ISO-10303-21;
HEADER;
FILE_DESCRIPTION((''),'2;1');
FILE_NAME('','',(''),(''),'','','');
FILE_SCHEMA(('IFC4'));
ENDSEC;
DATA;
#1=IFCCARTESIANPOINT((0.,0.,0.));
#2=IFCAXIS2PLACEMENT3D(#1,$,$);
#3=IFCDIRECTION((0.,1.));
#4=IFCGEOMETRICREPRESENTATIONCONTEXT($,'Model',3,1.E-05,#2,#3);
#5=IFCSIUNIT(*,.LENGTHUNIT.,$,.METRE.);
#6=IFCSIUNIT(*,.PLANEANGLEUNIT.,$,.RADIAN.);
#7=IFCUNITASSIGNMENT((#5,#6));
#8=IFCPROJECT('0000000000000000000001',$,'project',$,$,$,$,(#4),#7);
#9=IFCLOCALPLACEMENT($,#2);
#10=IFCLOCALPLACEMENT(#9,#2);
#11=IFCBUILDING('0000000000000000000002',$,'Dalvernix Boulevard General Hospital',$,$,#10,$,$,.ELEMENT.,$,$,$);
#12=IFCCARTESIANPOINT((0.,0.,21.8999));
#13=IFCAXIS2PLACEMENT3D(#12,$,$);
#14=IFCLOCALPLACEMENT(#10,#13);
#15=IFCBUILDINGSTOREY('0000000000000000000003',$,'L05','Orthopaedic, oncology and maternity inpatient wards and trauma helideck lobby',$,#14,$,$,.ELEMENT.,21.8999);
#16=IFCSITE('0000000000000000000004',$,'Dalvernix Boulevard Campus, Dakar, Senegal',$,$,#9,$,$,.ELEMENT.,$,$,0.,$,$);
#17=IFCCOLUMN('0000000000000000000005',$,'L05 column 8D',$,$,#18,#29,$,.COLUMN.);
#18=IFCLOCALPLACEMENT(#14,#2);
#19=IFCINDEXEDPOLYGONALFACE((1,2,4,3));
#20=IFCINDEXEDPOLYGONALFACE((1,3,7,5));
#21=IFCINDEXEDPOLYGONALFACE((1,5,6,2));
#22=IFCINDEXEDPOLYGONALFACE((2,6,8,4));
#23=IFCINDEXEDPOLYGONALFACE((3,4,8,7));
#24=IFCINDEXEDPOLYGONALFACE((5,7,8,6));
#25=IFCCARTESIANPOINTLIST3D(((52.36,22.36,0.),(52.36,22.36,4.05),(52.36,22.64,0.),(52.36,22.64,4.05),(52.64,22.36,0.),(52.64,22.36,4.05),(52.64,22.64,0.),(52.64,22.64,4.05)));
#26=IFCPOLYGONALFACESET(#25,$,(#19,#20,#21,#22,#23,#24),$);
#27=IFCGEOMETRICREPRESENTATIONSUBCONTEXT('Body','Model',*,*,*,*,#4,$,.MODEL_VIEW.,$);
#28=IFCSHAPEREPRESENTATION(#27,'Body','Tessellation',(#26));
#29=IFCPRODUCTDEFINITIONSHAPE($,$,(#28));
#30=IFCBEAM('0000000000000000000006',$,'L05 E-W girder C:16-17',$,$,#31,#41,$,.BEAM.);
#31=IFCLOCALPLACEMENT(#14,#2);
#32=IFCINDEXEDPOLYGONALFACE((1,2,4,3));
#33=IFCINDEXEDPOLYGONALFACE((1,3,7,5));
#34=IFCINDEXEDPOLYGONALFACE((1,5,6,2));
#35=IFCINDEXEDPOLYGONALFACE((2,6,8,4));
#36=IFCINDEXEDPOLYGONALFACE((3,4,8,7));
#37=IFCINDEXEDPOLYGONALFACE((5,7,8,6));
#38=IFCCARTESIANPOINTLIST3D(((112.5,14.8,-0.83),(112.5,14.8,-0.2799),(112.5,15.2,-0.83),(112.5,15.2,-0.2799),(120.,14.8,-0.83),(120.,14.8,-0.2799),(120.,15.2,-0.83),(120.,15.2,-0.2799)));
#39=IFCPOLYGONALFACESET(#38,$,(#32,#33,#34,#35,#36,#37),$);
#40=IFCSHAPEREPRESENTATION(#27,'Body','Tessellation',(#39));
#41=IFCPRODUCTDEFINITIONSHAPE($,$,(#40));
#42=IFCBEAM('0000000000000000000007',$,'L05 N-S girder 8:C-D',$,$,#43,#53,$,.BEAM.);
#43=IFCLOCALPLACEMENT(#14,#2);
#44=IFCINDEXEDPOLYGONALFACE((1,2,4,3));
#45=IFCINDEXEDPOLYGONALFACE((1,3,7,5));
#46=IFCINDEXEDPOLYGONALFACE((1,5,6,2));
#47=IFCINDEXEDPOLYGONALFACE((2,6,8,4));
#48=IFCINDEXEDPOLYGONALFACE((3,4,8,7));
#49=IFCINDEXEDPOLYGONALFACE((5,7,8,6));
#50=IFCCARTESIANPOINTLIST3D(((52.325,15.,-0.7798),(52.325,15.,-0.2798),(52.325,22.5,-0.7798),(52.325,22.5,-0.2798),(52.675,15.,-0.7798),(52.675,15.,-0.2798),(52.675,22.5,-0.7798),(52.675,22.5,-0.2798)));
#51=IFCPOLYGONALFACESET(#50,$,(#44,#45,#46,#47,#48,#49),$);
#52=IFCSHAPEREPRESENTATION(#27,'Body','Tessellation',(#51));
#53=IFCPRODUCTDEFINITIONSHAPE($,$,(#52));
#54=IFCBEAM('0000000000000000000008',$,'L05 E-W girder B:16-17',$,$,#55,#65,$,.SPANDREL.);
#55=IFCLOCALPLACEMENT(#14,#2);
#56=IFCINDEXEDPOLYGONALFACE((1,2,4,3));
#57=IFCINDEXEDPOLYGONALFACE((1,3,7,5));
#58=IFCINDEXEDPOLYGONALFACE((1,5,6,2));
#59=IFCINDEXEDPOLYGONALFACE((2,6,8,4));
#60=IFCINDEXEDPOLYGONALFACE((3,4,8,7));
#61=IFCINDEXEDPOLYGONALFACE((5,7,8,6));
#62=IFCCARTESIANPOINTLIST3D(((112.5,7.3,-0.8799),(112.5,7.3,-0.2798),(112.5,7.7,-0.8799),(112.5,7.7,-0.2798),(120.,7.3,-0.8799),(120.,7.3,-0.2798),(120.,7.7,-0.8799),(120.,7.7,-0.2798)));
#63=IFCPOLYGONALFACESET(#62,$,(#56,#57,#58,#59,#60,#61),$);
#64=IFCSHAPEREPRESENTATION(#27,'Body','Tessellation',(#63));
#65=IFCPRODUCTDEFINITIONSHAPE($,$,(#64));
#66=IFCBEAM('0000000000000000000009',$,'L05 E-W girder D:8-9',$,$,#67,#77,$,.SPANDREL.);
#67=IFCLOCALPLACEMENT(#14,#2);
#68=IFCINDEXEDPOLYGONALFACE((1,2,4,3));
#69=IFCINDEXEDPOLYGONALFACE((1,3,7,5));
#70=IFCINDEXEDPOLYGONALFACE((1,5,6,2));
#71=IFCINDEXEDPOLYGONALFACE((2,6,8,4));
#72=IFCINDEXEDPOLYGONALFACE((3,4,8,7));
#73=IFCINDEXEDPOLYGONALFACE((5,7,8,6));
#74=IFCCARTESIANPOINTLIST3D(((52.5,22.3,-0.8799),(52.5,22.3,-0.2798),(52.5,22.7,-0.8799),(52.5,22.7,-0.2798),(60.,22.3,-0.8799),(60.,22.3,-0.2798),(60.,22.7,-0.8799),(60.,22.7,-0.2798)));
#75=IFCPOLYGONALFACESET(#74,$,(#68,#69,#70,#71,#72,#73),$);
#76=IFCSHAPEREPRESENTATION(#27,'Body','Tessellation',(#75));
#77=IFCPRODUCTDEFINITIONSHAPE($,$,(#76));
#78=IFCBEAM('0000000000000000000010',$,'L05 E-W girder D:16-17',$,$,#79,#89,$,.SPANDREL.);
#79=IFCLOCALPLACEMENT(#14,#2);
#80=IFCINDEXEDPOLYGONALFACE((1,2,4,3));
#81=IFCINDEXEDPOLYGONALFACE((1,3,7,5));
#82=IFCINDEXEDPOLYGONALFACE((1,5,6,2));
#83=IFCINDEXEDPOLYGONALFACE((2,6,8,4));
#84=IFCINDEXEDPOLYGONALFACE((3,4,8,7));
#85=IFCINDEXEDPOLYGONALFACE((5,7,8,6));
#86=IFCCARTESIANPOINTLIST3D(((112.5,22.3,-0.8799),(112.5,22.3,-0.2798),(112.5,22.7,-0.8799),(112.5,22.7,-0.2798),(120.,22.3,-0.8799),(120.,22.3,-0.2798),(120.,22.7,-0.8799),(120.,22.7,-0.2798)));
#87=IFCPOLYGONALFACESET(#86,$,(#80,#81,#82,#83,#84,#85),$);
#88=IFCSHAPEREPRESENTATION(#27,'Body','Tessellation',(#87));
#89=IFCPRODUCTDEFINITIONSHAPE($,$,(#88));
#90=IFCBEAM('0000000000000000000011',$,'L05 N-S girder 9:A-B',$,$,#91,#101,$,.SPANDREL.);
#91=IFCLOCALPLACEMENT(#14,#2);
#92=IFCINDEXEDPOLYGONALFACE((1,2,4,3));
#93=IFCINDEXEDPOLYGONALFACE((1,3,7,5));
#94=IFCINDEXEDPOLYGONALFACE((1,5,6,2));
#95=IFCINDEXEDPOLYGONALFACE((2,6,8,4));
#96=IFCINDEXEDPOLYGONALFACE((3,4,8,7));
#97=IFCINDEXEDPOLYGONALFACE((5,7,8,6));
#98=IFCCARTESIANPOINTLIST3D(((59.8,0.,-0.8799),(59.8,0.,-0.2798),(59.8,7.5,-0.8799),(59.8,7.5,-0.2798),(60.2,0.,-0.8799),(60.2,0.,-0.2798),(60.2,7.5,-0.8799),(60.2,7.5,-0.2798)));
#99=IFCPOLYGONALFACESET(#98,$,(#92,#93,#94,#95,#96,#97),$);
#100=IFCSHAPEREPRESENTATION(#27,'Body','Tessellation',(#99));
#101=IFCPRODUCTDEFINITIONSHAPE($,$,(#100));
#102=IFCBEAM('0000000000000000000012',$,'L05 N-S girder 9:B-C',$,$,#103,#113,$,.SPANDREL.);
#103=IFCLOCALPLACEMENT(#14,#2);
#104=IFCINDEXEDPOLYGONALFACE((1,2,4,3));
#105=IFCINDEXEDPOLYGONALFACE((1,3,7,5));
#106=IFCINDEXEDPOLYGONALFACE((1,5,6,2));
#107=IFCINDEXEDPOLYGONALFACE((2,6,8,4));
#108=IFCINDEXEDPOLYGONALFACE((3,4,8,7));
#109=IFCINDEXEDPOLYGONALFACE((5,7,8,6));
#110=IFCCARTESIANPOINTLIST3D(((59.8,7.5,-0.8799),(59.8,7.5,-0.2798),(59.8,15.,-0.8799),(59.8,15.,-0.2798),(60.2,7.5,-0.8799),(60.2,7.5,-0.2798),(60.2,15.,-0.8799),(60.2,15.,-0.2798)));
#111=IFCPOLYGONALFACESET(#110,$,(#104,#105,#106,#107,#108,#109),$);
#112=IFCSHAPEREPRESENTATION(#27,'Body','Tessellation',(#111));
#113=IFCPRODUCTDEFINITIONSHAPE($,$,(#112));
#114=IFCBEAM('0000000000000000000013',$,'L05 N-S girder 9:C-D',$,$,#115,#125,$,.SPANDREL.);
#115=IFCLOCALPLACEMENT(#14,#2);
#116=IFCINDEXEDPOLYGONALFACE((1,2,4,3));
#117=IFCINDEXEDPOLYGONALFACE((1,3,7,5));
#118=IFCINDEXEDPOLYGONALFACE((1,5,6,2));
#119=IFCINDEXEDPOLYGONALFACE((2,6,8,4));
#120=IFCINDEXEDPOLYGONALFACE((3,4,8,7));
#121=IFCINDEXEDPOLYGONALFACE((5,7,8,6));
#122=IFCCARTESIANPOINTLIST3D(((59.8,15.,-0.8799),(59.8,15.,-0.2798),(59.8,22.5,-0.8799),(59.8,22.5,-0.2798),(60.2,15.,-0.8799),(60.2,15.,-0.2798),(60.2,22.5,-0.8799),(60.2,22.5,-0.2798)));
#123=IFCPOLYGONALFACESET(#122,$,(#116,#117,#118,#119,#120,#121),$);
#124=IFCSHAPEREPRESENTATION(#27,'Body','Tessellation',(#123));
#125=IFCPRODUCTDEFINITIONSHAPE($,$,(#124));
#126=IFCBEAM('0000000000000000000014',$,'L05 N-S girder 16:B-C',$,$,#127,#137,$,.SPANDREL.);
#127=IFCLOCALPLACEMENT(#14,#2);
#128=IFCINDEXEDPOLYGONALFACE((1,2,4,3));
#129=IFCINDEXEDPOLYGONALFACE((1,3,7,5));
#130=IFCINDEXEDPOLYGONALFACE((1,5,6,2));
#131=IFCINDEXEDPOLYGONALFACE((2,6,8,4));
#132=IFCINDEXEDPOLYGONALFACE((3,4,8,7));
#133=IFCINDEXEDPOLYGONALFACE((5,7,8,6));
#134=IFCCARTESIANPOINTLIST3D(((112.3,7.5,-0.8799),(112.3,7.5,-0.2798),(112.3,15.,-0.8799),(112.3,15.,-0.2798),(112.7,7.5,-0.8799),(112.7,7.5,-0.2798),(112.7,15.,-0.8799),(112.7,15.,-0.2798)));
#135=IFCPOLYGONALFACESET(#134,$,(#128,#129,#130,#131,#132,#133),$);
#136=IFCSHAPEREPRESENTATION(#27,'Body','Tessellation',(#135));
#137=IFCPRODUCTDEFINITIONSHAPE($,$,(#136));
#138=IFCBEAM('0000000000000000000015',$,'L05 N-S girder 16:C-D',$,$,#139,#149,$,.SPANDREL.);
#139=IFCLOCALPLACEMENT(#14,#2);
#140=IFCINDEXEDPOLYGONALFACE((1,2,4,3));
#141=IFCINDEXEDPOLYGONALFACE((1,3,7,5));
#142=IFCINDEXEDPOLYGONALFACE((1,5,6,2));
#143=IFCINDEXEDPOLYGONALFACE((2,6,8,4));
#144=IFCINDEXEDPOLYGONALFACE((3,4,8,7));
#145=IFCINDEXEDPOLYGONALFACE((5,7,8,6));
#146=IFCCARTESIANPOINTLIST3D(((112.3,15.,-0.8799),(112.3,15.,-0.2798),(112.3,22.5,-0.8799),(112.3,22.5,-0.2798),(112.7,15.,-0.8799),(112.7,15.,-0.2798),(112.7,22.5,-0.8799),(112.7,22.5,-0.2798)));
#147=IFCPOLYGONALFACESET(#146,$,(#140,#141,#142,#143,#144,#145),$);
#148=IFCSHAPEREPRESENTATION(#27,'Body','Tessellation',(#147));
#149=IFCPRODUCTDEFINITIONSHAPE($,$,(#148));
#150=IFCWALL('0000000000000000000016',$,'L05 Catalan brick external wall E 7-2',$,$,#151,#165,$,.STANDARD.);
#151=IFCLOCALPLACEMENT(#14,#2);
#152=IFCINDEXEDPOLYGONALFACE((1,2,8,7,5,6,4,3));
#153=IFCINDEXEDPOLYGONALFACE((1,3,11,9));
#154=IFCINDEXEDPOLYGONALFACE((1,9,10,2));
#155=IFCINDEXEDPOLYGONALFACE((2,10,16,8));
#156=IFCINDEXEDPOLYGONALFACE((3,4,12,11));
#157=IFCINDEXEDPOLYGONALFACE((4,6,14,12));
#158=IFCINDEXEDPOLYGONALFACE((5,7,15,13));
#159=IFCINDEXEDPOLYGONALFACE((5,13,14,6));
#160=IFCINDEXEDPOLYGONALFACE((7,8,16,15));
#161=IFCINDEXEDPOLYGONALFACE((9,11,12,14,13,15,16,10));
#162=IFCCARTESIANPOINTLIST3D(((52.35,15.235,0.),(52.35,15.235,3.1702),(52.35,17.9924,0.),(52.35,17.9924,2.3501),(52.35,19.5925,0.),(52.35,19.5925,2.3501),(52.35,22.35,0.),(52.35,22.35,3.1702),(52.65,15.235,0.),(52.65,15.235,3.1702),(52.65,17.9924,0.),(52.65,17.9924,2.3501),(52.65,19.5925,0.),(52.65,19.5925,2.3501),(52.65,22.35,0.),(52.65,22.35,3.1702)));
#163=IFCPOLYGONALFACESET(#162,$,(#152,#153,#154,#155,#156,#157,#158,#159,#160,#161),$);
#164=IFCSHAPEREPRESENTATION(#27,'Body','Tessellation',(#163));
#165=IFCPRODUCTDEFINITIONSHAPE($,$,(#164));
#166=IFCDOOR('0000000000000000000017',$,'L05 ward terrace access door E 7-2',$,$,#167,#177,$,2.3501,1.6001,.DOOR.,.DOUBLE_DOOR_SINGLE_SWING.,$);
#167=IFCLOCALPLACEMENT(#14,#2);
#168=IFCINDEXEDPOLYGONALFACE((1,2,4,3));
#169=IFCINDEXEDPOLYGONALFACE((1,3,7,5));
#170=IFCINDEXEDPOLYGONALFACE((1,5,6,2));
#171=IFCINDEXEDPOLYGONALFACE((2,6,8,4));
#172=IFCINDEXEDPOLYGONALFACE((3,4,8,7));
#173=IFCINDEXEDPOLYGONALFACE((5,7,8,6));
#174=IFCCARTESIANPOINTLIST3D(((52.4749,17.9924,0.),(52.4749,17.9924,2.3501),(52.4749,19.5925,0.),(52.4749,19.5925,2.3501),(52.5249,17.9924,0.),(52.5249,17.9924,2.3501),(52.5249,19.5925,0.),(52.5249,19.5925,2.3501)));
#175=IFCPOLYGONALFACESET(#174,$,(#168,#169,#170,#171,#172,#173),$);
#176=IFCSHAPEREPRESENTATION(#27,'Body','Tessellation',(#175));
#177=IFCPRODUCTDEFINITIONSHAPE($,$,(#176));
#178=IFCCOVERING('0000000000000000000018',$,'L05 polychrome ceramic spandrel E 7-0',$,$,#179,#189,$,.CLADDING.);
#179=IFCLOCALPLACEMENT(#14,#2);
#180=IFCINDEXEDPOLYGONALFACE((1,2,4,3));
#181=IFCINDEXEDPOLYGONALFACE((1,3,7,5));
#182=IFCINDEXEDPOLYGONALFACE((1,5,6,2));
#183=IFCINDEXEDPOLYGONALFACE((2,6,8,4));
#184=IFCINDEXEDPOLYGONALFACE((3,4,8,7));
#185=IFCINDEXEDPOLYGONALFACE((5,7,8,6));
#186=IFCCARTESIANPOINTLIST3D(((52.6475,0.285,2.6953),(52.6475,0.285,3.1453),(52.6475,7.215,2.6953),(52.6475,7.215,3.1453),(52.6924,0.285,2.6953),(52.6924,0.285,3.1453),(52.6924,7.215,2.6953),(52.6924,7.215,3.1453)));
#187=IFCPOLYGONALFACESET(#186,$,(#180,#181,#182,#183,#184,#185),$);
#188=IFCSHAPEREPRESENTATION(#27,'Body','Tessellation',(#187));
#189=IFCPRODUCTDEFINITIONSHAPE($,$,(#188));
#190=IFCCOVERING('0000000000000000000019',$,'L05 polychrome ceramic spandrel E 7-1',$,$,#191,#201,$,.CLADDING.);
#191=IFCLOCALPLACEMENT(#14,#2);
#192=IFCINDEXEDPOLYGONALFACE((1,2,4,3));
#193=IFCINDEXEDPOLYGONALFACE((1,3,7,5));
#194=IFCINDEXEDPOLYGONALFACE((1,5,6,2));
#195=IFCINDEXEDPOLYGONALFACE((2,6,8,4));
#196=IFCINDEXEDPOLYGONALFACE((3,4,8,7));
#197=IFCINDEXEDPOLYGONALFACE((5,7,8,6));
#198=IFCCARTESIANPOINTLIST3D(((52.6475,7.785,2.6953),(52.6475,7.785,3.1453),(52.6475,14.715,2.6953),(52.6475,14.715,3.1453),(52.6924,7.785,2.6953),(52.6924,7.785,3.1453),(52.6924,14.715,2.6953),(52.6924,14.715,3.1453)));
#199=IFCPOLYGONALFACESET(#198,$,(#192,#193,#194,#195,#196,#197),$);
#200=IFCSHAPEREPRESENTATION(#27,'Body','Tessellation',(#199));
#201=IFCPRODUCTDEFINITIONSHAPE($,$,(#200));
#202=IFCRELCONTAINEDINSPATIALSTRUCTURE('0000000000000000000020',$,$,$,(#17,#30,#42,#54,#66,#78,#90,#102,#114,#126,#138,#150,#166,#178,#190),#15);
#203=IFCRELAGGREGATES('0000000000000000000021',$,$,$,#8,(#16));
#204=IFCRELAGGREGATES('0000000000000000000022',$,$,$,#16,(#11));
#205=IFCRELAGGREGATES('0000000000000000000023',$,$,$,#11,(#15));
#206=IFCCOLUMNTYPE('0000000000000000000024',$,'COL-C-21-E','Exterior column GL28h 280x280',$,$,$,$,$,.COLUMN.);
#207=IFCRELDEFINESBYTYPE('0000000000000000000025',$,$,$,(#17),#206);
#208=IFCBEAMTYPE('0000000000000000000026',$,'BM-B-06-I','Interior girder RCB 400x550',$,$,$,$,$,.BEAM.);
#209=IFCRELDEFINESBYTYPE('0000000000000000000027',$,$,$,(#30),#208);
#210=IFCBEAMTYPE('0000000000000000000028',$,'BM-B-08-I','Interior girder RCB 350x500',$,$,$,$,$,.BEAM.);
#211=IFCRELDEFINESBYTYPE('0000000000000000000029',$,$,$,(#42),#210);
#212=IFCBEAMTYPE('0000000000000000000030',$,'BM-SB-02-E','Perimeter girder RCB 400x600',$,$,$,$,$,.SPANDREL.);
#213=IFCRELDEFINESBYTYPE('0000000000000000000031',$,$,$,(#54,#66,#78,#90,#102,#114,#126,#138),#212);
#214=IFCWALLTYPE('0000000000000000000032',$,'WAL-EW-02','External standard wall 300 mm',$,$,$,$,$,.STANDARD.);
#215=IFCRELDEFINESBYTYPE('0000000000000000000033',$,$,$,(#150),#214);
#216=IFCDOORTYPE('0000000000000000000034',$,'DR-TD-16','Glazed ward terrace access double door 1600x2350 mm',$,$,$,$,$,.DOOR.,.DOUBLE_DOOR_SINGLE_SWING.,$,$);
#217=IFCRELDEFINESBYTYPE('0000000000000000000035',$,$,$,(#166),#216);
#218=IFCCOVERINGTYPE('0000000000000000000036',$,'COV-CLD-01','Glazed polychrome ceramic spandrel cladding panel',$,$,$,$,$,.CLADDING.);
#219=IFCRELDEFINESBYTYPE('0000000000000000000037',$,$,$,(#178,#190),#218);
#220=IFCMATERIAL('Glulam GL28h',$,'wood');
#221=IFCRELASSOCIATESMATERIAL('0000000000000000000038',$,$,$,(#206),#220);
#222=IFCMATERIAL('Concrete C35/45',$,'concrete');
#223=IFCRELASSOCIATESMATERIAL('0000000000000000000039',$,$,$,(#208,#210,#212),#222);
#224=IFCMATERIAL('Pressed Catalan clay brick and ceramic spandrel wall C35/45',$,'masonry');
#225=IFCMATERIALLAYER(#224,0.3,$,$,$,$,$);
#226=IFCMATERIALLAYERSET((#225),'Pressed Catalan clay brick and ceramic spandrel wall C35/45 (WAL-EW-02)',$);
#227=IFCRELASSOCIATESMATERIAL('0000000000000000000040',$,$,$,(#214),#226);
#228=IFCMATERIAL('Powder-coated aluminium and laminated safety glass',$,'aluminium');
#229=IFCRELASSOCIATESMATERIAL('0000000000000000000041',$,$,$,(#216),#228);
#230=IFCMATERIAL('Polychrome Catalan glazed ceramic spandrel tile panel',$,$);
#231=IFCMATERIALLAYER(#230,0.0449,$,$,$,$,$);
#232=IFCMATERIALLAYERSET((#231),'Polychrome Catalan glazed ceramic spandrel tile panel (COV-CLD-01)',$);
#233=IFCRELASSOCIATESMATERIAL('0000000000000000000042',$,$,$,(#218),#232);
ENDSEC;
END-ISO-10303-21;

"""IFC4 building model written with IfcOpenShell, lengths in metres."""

from ifc_helpers import new_model, si_unit, direction, frame, frame_2d, origin, origin_2d, place, context, subcontext, project, spatial, rectangle, extrude, material, layer, layer_set, material_profile, profile_set, type_object, element, fill, save


model = new_model("IFC4")

# Units and contexts
model_context = context("Model", 3, precision=1e-05, world=origin(), true_north=direction((0.0, 1.0)))
body_context = subcontext(model_context, "Body", "Model", "MODEL_VIEW")
ifc_project = project(units=[si_unit("LENGTHUNIT", "METRE"), si_unit("PLANEANGLEUNIT", "RADIAN")], contexts=[model_context])

# Site, building, storey
site_placement = place(None, origin())
site = spatial("IfcSite", under=ifc_project, at=site_placement, Name="Dalvernix Boulevard Campus, Dakar, Senegal", CompositionType="ELEMENT", RefElevation=0.0)
building_placement = place(site_placement, origin())
building = spatial("IfcBuilding", under=site, at=building_placement, Name="Dalvernix Boulevard General Hospital", CompositionType="ELEMENT")
storey_placement = place(building_placement, frame((0.0, 0.0, 21.8999)))
storey = spatial("IfcBuildingStorey", under=building, at=storey_placement, Name="L05", Description="Orthopaedic, oncology and maternity inpatient wards and trauma helideck lobby", CompositionType="ELEMENT", Elevation=21.8999)

# Column
ifc_material_1 = material(Name="Glulam GL28h", Category="wood")
ifc_material_profile_1 = material_profile(ifc_material_1, rectangle(XDim=0.28, YDim=0.28, at=origin_2d()), Name="GL28h 280x280")
ifc_profile_set_1 = profile_set([ifc_material_profile_1], Name="Glulam GL28h")
column_type = type_object("IfcColumnType", Name="COL-C-21-E", Description="Exterior column GL28h 280x280", PredefinedType="COLUMN", material=ifc_profile_set_1)
column_placement = place(storey_placement, frame((52.5, 22.5, 0.0), z_axis=(0.0, 0.0, 1.0), x_axis=(1.0, 0.0, 0.0)))
element("IfcColumn", 1, at=column_placement, inside=storey, type_object=column_type, Name="L05 column 8D", PredefinedType="COLUMN", context=body_context, shape_type="SweptSolid", body=[
    extrude(rectangle(XDim=0.28, YDim=0.28, at=origin_2d()), origin(), (0.0, 0.0, 1.0), 4.05),
])

# Beams
ifc_material_2 = material(Name="Concrete C35/45", Category="concrete")
ifc_material_profile_2 = material_profile(ifc_material_2, rectangle(XDim=0.3999, YDim=0.55, at=origin_2d()), Name="RCB 400x550")
ifc_profile_set_2 = profile_set([ifc_material_profile_2], Name="Concrete C35/45")
beam_type_1 = type_object("IfcBeamType", Name="BM-B-06-I", Description="Interior girder RCB 400x550", PredefinedType="BEAM", material=ifc_profile_set_2)
beam_1_placement = place(storey_placement, frame((112.5, 15.0, -0.5549), z_axis=(1.0, 0.0, 0.0), x_axis=(0.0, 1.0, 0.0)))
element("IfcBeam", 2, at=beam_1_placement, inside=storey, type_object=beam_type_1, Name="L05 E-W girder C:16-17", PredefinedType="BEAM", context=body_context, shape_type="SweptSolid", body=[
    extrude(rectangle(XDim=0.3999, YDim=0.55, at=origin_2d()), origin(), (0.0, 0.0, 1.0), 7.5),
])
ifc_material_profile_3 = material_profile(ifc_material_2, rectangle(XDim=0.3501, YDim=0.5, at=origin_2d()), Name="RCB 350x500")
ifc_profile_set_3 = profile_set([ifc_material_profile_3], Name="Concrete C35/45")
beam_type_2 = type_object("IfcBeamType", Name="BM-B-08-I", Description="Interior girder RCB 350x500", PredefinedType="BEAM", material=ifc_profile_set_3)
beam_2_placement = place(storey_placement, frame((52.5, 15.0, -0.5298), z_axis=(0.0, 1.0, 0.0), x_axis=(-1.0, 0.0, 0.0)))
element("IfcBeam", 3, at=beam_2_placement, inside=storey, type_object=beam_type_2, Name="L05 N-S girder 8:C-D", PredefinedType="BEAM", context=body_context, shape_type="SweptSolid", body=[
    extrude(rectangle(XDim=0.3501, YDim=0.5, at=origin_2d()), origin(), (0.0, 0.0, 1.0), 7.5),
])
ifc_material_profile_4 = material_profile(ifc_material_2, rectangle(XDim=0.3999, YDim=0.6001, at=origin_2d()), Name="RCB 400x600")
ifc_profile_set_4 = profile_set([ifc_material_profile_4], Name="Concrete C35/45")
beam_type_3 = type_object("IfcBeamType", Name="BM-SB-02-E", Description="Perimeter girder RCB 400x600", PredefinedType="SPANDREL", material=ifc_profile_set_4)
for number, where, z_axis, x_axis, name in (
    (4, (112.5, 7.5, -0.5798), (1.0, 0.0, 0.0), (0.0, 1.0, 0.0), "L05 E-W girder B:16-17"),
    (5, (52.5, 22.5, -0.5798), (1.0, 0.0, 0.0), (0.0, 1.0, 0.0), "L05 E-W girder D:8-9"),
    (6, (112.5, 22.5, -0.5798), (1.0, 0.0, 0.0), (0.0, 1.0, 0.0), "L05 E-W girder D:16-17"),
    (7, (60.0, 0.0, -0.5798), (0.0, 1.0, 0.0), (-1.0, 0.0, 0.0), "L05 N-S girder 9:A-B"),
    (8, (60.0, 7.5, -0.5798), (0.0, 1.0, 0.0), (-1.0, 0.0, 0.0), "L05 N-S girder 9:B-C"),
    (9, (60.0, 15.0, -0.5798), (0.0, 1.0, 0.0), (-1.0, 0.0, 0.0), "L05 N-S girder 9:C-D"),
    (10, (112.5, 7.5, -0.5798), (0.0, 1.0, 0.0), (-1.0, 0.0, 0.0), "L05 N-S girder 16:B-C"),
    (11, (112.5, 15.0, -0.5798), (0.0, 1.0, 0.0), (-1.0, 0.0, 0.0), "L05 N-S girder 16:C-D"),
):
    element("IfcBeam", number, at=place(storey_placement, frame(where, z_axis=z_axis, x_axis=x_axis)), inside=storey, type_object=beam_type_3, Name=name, PredefinedType="SPANDREL", context=body_context, shape_type="SweptSolid", body=[
        extrude(rectangle(XDim=0.3999, YDim=0.6001, at=origin_2d()), origin(), (0.0, 0.0, 1.0), 7.5),
    ])

# Wall, opening, door
ifc_material_3 = material(Name="Pressed Catalan clay brick and ceramic spandrel wall C35/45", Category="masonry")
ifc_layer_1 = layer(ifc_material_3, 0.3)
ifc_layer_set_1 = layer_set([ifc_layer_1], Name="Pressed Catalan clay brick and ceramic spandrel wall C35/45 (WAL-EW-02)")
wall_type = type_object("IfcWallType", Name="WAL-EW-02", Description="External standard wall 300 mm", PredefinedType="STANDARD", material=ifc_layer_set_1)
wall_placement = place(storey_placement, frame((52.5, 22.3501, 0.0), z_axis=(0.0, 0.0, 1.0), x_axis=(0.0, -1.0, 0.0)))
wall = element("IfcWall", 12, at=wall_placement, inside=storey, type_object=wall_type, Name="L05 Catalan brick external wall E 7-2", PredefinedType="STANDARD", context=body_context, shape_type="SweptSolid", body=[
    extrude(rectangle(XDim=7.115, YDim=0.3, at=frame_2d((3.5576, 0.0))), origin(), (0.0, 0.0, 1.0), 3.1702),
])
opening_placement = place(wall_placement, frame((2.7576, 0.0, 0.0)))
opening = element("IfcOpeningElement", 13, at=opening_placement, cuts=wall, PredefinedType="OPENING", context=body_context, shape_type="SweptSolid", body=[
    extrude(rectangle(XDim=1.6001, YDim=2.3501, at=frame_2d((0.8, 1.175))), frame((0.0, 0.1599, 0.0), z_axis=(0.0, -1.0, 0.0), x_axis=(1.0, 0.0, 0.0)), (0.0, 0.0, 1.0), 0.3201),
])
ifc_material_4 = material(Name="Powder-coated aluminium and laminated safety glass", Category="aluminium")
door_type = type_object("IfcDoorType", Name="DR-TD-16", Description="Glazed ward terrace access double door 1600x2350 mm", OperationType="DOUBLE_DOOR_SINGLE_SWING", PredefinedType="DOOR", material=ifc_material_4)
door_placement = place(opening_placement, origin())
door = element("IfcDoor", 14, at=door_placement, inside=storey, type_object=door_type, Name="L05 ward terrace access door E 7-2", OperationType="DOUBLE_DOOR_SINGLE_SWING", OverallHeight=2.3501, OverallWidth=1.6001, PredefinedType="DOOR", context=body_context, shape_type="SweptSolid", body=[
    extrude(rectangle(XDim=1.6001, YDim=2.3501, at=frame_2d((0.8, 1.175))), frame((0.0, 0.0249, 0.0), z_axis=(0.0, -1.0, 0.0), x_axis=(1.0, 0.0, 0.0)), (0.0, 0.0, 1.0), 0.05),
])
fill(opening, door)

# Coverings
ifc_material_5 = material(Name="Polychrome Catalan glazed ceramic spandrel tile panel")
ifc_layer_2 = layer(ifc_material_5, 0.0449)
ifc_layer_set_2 = layer_set([ifc_layer_2], Name="Polychrome Catalan glazed ceramic spandrel tile panel (COV-CLD-01)")
covering_type = type_object("IfcCoveringType", Name="COV-CLD-01", Description="Glazed polychrome ceramic spandrel cladding panel", PredefinedType="CLADDING", material=ifc_layer_set_2)
for number, where, z_axis, x_axis, name in (
    (15, (52.6699, 3.75, 2.6953), (0.0, 0.0, 1.0), (0.0, -1.0, 0.0), "L05 polychrome ceramic spandrel E 7-0"),
    (16, (52.6699, 11.25, 2.6953), (0.0, 0.0, 1.0), (0.0, -1.0, 0.0), "L05 polychrome ceramic spandrel E 7-1"),
):
    element("IfcCovering", number, at=place(storey_placement, frame(where, z_axis=z_axis, x_axis=x_axis)), inside=storey, type_object=covering_type, Name=name, PredefinedType="CLADDING", context=body_context, shape_type="SweptSolid", body=[
        extrude(rectangle(XDim=6.9299, YDim=0.0449, at=origin_2d()), origin(), (0.0, 0.0, 1.0), 0.45),
    ])

save(model, "model.ifc")
